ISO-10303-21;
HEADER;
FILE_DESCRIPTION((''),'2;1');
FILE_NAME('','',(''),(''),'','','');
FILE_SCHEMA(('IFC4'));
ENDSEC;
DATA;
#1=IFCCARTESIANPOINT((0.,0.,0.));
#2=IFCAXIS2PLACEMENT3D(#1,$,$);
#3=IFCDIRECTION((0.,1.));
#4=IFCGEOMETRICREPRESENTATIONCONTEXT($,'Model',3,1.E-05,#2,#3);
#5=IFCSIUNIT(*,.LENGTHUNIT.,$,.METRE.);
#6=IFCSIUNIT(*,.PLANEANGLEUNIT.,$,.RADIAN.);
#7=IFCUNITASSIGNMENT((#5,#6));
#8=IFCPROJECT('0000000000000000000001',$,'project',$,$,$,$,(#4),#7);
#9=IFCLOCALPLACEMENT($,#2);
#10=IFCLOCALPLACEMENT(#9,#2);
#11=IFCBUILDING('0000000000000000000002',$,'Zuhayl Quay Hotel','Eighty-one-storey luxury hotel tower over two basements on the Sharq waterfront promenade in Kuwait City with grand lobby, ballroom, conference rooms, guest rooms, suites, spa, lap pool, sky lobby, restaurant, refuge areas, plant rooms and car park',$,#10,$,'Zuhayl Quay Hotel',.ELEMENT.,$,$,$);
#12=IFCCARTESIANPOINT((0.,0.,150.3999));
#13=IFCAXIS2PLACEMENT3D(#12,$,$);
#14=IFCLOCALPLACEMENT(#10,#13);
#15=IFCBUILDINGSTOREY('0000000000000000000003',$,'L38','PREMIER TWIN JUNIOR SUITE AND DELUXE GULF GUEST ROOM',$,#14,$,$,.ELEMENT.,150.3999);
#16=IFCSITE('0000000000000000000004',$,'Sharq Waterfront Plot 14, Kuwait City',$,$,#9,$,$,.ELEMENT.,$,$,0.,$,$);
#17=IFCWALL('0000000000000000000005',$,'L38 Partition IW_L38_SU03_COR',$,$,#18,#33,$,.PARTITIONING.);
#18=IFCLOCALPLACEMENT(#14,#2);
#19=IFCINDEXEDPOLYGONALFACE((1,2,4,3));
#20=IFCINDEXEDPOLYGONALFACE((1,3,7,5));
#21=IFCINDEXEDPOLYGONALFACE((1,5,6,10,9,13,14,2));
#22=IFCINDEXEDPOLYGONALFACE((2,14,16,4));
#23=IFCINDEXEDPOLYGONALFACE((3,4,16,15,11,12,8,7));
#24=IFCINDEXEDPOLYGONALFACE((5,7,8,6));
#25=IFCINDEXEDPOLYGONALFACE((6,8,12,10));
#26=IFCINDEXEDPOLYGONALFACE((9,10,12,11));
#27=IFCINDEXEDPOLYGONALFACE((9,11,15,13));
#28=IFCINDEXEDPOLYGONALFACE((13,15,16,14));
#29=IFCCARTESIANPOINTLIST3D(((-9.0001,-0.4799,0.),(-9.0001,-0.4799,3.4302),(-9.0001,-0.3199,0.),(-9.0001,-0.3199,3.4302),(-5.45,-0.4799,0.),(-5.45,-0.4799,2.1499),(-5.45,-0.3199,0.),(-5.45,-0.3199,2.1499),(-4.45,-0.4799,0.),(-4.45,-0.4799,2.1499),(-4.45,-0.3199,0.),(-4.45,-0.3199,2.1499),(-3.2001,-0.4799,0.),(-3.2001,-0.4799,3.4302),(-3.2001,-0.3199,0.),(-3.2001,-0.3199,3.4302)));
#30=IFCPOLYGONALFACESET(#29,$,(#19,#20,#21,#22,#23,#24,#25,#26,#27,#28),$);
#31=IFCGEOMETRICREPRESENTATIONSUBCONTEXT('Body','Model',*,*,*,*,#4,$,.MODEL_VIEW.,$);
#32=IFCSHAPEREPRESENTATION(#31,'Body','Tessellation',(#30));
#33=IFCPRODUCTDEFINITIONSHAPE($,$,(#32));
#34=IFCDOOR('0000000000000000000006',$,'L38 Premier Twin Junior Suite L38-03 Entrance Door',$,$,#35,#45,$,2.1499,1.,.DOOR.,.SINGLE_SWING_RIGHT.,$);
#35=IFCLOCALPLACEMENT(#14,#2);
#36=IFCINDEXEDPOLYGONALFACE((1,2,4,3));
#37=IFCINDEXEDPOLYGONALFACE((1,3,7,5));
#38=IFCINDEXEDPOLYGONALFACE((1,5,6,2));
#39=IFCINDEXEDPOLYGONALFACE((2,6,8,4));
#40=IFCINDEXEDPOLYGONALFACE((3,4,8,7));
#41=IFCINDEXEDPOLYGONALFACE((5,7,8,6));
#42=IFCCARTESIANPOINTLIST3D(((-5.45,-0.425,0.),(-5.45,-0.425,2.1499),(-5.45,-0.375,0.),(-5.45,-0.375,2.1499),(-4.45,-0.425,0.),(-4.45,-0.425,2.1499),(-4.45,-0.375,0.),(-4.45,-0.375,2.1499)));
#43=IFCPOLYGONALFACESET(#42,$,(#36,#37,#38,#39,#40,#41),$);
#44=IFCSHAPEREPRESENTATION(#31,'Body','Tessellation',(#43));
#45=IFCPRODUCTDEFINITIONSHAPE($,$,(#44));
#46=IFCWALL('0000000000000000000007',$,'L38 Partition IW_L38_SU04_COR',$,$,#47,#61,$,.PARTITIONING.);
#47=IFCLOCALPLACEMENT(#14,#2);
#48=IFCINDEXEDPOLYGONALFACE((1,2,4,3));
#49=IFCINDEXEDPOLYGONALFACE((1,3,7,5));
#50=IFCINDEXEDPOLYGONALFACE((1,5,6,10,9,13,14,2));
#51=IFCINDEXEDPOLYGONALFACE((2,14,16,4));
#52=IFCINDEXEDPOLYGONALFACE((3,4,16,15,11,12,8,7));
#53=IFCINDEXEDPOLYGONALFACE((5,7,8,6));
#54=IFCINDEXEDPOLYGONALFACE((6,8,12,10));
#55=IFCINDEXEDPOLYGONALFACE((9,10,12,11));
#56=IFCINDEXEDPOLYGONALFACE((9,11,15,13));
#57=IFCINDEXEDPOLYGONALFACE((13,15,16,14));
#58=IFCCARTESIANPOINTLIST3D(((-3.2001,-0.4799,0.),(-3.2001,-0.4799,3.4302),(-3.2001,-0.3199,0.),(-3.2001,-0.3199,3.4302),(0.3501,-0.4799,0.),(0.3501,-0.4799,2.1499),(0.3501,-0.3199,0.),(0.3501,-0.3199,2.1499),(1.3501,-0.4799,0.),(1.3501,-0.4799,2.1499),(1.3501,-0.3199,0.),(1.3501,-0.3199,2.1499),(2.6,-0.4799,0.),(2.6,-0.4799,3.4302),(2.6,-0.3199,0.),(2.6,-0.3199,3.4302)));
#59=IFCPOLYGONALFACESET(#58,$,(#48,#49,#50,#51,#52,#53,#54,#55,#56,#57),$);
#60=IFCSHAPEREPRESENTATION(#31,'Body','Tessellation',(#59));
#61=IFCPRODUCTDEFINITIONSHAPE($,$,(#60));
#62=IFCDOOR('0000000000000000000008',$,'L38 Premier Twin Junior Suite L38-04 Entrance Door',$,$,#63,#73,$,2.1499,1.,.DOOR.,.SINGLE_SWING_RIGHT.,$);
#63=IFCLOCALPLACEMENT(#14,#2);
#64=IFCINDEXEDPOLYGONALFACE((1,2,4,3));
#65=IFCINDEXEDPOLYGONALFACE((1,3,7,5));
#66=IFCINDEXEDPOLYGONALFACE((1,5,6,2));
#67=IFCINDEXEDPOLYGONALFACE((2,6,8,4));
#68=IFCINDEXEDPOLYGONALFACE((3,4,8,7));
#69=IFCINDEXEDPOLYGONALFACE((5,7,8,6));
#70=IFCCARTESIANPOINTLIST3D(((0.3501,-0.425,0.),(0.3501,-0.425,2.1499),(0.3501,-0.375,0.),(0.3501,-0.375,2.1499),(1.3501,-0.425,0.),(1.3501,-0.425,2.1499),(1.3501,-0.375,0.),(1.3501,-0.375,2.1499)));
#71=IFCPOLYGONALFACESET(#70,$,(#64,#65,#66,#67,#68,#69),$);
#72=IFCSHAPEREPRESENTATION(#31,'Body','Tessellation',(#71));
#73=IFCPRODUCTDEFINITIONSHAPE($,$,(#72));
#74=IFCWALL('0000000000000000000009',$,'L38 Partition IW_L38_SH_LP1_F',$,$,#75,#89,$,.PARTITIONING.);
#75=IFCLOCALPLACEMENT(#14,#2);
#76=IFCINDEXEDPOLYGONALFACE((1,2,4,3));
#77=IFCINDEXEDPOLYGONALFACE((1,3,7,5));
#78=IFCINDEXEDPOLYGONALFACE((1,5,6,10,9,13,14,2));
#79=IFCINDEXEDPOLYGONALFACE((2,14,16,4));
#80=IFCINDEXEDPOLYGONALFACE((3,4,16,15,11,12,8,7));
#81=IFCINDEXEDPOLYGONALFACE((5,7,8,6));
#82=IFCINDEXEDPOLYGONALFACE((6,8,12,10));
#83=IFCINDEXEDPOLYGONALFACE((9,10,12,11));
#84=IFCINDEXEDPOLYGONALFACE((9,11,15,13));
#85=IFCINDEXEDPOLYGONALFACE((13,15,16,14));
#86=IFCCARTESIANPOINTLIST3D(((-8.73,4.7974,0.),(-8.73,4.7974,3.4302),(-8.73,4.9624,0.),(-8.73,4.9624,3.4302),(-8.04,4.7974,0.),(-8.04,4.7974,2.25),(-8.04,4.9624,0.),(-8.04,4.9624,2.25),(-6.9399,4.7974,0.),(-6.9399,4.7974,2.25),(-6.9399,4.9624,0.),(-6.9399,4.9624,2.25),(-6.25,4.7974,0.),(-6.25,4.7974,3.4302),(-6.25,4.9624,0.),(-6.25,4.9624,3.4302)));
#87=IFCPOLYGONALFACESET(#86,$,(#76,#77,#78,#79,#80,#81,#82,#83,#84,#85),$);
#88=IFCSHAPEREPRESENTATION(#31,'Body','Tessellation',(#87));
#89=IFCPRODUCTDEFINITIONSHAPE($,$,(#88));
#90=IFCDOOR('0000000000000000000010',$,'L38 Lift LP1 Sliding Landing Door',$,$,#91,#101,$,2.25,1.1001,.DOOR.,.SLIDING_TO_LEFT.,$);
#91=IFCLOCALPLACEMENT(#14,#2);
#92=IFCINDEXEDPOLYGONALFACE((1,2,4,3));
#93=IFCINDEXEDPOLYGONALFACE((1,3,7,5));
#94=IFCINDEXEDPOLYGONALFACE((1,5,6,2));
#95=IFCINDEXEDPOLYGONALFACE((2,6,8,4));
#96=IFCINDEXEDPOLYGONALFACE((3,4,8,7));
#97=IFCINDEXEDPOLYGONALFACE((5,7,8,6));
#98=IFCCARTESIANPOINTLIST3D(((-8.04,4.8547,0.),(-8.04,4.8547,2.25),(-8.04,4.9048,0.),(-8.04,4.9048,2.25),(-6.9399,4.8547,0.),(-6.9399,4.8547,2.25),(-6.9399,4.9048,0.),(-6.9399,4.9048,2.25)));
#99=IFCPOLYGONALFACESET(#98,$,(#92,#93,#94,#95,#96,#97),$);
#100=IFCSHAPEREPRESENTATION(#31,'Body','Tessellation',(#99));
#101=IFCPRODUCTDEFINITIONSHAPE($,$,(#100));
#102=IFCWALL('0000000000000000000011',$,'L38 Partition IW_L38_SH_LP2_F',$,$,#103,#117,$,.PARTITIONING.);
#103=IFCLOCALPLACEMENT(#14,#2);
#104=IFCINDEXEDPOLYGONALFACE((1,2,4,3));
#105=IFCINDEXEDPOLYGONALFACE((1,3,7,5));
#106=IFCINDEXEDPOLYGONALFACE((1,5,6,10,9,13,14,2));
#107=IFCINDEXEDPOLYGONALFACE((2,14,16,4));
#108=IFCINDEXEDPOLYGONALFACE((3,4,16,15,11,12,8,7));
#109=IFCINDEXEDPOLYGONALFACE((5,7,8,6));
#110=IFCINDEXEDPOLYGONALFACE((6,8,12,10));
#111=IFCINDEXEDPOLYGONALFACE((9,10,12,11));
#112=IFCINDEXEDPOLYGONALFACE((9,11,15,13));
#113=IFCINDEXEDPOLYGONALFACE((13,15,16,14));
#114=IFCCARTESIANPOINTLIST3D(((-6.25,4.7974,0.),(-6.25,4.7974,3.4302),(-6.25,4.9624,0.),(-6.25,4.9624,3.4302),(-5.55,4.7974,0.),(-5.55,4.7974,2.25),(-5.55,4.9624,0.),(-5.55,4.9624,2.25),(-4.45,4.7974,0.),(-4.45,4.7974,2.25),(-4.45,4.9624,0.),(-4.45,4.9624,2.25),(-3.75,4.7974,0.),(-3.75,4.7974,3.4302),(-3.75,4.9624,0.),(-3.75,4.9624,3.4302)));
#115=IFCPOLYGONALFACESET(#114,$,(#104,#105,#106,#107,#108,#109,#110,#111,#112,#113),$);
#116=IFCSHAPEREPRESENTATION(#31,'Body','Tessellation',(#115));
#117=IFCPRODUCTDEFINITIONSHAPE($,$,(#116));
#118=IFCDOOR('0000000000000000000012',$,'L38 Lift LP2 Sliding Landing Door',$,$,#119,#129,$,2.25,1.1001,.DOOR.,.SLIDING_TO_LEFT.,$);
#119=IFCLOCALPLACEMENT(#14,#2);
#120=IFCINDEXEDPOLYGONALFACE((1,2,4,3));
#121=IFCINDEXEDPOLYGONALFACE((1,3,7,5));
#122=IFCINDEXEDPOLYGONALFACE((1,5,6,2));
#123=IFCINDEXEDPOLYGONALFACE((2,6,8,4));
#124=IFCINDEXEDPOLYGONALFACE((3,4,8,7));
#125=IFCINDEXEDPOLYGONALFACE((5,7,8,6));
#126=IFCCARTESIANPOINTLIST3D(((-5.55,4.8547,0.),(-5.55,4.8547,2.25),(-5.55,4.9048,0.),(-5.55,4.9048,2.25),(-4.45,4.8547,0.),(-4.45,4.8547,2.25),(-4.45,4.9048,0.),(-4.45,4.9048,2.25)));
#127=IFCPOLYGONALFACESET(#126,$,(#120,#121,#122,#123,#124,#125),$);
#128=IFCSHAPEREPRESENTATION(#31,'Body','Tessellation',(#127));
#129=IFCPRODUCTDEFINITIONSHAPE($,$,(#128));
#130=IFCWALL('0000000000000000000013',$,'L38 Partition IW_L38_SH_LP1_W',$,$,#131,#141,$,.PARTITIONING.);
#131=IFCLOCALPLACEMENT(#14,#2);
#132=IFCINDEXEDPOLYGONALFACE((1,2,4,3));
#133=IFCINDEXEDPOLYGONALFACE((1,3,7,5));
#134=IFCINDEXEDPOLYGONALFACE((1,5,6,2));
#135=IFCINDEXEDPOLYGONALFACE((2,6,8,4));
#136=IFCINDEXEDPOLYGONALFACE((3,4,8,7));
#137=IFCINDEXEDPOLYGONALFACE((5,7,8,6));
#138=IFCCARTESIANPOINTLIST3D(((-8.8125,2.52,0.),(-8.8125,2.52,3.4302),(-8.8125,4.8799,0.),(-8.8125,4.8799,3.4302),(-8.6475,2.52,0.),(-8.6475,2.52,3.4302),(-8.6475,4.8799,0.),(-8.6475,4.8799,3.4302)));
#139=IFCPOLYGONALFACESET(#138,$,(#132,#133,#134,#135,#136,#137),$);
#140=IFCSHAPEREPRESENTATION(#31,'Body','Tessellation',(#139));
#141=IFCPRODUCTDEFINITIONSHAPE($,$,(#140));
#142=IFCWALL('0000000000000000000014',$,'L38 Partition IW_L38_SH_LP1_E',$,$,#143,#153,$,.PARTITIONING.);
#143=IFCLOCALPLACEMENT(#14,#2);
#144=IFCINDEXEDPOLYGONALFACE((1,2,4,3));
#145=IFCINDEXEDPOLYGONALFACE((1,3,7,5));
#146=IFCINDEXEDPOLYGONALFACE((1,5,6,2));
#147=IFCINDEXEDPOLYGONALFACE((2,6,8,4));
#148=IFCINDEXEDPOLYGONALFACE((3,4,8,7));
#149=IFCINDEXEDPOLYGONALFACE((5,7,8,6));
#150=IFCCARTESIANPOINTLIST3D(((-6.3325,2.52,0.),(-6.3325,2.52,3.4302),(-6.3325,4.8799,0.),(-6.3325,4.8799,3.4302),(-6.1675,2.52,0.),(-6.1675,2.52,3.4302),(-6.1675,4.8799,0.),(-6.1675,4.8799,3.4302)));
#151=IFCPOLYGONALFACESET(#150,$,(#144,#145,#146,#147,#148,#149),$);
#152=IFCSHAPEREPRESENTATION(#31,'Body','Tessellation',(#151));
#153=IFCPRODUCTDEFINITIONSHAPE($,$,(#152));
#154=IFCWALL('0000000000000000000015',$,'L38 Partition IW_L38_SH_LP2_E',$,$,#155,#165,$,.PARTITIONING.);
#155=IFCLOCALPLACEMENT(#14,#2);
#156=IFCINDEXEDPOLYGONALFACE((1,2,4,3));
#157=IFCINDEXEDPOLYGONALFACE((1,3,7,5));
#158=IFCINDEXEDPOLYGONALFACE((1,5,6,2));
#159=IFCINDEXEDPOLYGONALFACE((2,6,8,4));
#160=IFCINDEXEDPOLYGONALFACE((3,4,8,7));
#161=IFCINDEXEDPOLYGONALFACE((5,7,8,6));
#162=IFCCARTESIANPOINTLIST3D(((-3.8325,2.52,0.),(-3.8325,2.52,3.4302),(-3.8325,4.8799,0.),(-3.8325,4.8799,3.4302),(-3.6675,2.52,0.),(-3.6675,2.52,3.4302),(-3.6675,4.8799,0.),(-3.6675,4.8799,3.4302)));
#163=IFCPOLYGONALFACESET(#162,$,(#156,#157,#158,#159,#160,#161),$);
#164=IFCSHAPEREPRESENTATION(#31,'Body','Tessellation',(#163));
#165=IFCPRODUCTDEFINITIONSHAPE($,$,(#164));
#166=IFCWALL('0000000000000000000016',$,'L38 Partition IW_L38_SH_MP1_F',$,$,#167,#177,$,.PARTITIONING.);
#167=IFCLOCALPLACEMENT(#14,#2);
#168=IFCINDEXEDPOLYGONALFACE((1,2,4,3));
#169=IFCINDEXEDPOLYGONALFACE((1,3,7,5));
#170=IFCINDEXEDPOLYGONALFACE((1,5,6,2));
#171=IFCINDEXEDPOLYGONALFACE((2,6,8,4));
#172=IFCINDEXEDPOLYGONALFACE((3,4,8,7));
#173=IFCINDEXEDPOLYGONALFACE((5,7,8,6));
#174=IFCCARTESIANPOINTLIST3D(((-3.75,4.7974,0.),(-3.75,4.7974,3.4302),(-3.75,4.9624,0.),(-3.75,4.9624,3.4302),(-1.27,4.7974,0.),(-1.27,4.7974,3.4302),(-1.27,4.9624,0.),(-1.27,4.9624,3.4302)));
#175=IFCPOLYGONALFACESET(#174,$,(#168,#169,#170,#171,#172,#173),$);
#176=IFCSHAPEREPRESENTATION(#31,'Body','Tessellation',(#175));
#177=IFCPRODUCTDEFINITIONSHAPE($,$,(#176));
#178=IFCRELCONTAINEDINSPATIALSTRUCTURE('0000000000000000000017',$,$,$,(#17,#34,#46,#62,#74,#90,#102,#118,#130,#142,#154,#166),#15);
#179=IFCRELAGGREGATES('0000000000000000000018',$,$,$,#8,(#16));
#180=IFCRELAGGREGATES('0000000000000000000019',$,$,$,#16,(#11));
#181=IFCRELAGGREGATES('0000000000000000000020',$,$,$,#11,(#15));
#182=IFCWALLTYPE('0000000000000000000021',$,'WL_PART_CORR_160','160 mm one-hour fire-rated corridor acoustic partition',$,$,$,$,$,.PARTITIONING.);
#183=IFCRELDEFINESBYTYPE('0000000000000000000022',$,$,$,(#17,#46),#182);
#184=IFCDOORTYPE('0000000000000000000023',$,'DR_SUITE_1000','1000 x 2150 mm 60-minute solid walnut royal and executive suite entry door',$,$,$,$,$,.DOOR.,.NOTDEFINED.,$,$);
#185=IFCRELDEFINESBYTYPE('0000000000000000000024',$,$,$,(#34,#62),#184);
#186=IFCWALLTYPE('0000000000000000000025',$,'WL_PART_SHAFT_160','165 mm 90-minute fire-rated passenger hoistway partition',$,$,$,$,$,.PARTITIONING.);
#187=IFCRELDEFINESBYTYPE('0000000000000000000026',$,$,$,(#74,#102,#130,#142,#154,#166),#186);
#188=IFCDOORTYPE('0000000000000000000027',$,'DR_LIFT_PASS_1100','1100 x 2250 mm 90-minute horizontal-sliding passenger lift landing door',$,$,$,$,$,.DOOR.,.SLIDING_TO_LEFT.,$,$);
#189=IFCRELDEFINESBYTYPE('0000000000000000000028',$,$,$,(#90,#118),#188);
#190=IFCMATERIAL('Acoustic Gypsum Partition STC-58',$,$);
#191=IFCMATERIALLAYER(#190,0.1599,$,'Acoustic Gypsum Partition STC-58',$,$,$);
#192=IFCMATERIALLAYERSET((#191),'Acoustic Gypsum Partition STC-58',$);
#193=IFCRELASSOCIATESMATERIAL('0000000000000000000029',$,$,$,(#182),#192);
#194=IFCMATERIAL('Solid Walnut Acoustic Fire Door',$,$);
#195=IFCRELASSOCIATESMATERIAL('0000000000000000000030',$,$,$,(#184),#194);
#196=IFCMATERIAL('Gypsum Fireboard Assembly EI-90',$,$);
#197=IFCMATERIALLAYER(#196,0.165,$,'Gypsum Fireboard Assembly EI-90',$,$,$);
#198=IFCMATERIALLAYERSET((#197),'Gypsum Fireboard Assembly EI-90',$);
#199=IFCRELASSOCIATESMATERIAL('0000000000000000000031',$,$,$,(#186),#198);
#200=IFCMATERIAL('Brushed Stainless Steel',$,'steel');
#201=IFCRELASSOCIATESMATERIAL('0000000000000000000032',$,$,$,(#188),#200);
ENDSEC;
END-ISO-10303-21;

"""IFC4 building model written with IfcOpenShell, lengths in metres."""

from ifc_helpers import new_model, si_unit, direction, frame, frame_2d, origin, place, context, subcontext, project, spatial, rectangle, extrude, material, layer, layer_set, type_object, element, fill, save


model = new_model("IFC4")

# Units and contexts
model_context = context("Model", 3, precision=1e-05, world=origin(), true_north=direction((0.0, 1.0)))
body_context = subcontext(model_context, "Body", "Model", "MODEL_VIEW")
ifc_project = project(units=[si_unit("LENGTHUNIT", "METRE"), si_unit("PLANEANGLEUNIT", "RADIAN")], contexts=[model_context])

# Site, building, storey
site_placement = place(None, origin())
site = spatial("IfcSite", under=ifc_project, at=site_placement, Name="Sharq Waterfront Plot 14, Kuwait City", CompositionType="ELEMENT", RefElevation=0.0)
building_placement = place(site_placement, origin())
building = spatial("IfcBuilding", under=site, at=building_placement, Name="Zuhayl Quay Hotel", Description="Eighty-one-storey luxury hotel tower over two basements on the Sharq waterfront promenade in Kuwait City with grand lobby, ballroom, conference rooms, guest rooms, suites, spa, lap pool, sky lobby, restaurant, refuge areas, plant rooms and car park", LongName="Zuhayl Quay Hotel", CompositionType="ELEMENT")
storey_placement = place(building_placement, frame((0.0, 0.0, 150.3999)))
storey = spatial("IfcBuildingStorey", under=building, at=storey_placement, Name="L38", Description="PREMIER TWIN JUNIOR SUITE AND DELUXE GULF GUEST ROOM", CompositionType="ELEMENT", Elevation=150.3999)

# Shared definitions
ifc_material_1 = material(Name="Acoustic Gypsum Partition STC-58")

# Walls, openings, doors
ifc_layer_1 = layer(ifc_material_1, 0.1599, Name="Acoustic Gypsum Partition STC-58")
ifc_layer_set_1 = layer_set([ifc_layer_1], Name="Acoustic Gypsum Partition STC-58")
wall_type_1 = type_object("IfcWallType", Name="WL_PART_CORR_160", Description="160 mm one-hour fire-rated corridor acoustic partition", PredefinedType="PARTITIONING", material=ifc_layer_set_1)
wall_1_placement = place(storey_placement, frame((-9.0, -0.3999, 0.0), z_axis=(0.0, 0.0, 1.0), x_axis=(1.0, 0.0, 0.0)))
wall_1 = element("IfcWall", 1, at=wall_1_placement, inside=storey, type_object=wall_type_1, Name="L38 Partition IW_L38_SU03_COR", PredefinedType="PARTITIONING", context=body_context, shape_type="SweptSolid", body=[
    extrude(rectangle(XDim=5.8, YDim=0.1599, at=frame_2d((2.8999, 0.0))), origin(), (0.0, 0.0, 1.0), 3.4302),
])
opening_1_placement = place(wall_1_placement, frame((3.55, 0.0, 0.0)))
opening_1 = element("IfcOpeningElement", 2, at=opening_1_placement, cuts=wall_1, PredefinedType="OPENING", context=body_context, shape_type="SweptSolid", body=[
    extrude(rectangle(XDim=1.0, YDim=2.1499, at=frame_2d((0.5, 1.075))), frame((0.0, 0.0898, 0.0), z_axis=(0.0, -1.0, 0.0), x_axis=(1.0, 0.0, 0.0)), (0.0, 0.0, 1.0), 0.1799),
])
ifc_material_2 = material(Name="Solid Walnut Acoustic Fire Door")
door_type_1 = type_object("IfcDoorType", Name="DR_SUITE_1000", Description="1000 x 2150 mm 60-minute solid walnut royal and executive suite entry door", OperationType="NOTDEFINED", PredefinedType="DOOR", material=ifc_material_2)
door_1_placement = place(opening_1_placement, origin())
door_1 = element("IfcDoor", 3, at=door_1_placement, inside=storey, type_object=door_type_1, Name="L38 Premier Twin Junior Suite L38-03 Entrance Door", OperationType="SINGLE_SWING_RIGHT", OverallHeight=2.1499, OverallWidth=1.0, PredefinedType="DOOR", context=body_context, shape_type="SweptSolid", body=[
    extrude(rectangle(XDim=1.0, YDim=2.1499, at=frame_2d((0.5, 1.075))), frame((0.0, 0.0249, 0.0), z_axis=(0.0, -1.0, 0.0), x_axis=(1.0, 0.0, 0.0)), (0.0, 0.0, 1.0), 0.05),
])
fill(opening_1, door_1)
wall_2_placement = place(storey_placement, frame((-3.2, -0.3999, 0.0), z_axis=(0.0, 0.0, 1.0), x_axis=(1.0, 0.0, 0.0)))
wall_2 = element("IfcWall", 4, at=wall_2_placement, inside=storey, type_object=wall_type_1, Name="L38 Partition IW_L38_SU04_COR", PredefinedType="PARTITIONING", context=body_context, shape_type="SweptSolid", body=[
    extrude(rectangle(XDim=5.8, YDim=0.1599, at=frame_2d((2.8999, 0.0))), origin(), (0.0, 0.0, 1.0), 3.4302),
])
opening_2_placement = place(wall_2_placement, frame((3.55, 0.0, 0.0)))
opening_2 = element("IfcOpeningElement", 5, at=opening_2_placement, cuts=wall_2, PredefinedType="OPENING", context=body_context, shape_type="SweptSolid", body=[
    extrude(rectangle(XDim=1.0, YDim=2.1499, at=frame_2d((0.5, 1.075))), frame((0.0, 0.0898, 0.0), z_axis=(0.0, -1.0, 0.0), x_axis=(1.0, 0.0, 0.0)), (0.0, 0.0, 1.0), 0.1799),
])
door_2_placement = place(opening_2_placement, origin())
door_2 = element("IfcDoor", 6, at=door_2_placement, inside=storey, type_object=door_type_1, Name="L38 Premier Twin Junior Suite L38-04 Entrance Door", OperationType="SINGLE_SWING_RIGHT", OverallHeight=2.1499, OverallWidth=1.0, PredefinedType="DOOR", context=body_context, shape_type="SweptSolid", body=[
    extrude(rectangle(XDim=1.0, YDim=2.1499, at=frame_2d((0.5, 1.075))), frame((0.0, 0.0249, 0.0), z_axis=(0.0, -1.0, 0.0), x_axis=(1.0, 0.0, 0.0)), (0.0, 0.0, 1.0), 0.05),
])
fill(opening_2, door_2)
ifc_material_3 = material(Name="Gypsum Fireboard Assembly EI-90")
ifc_layer_2 = layer(ifc_material_3, 0.165, Name="Gypsum Fireboard Assembly EI-90")
ifc_layer_set_2 = layer_set([ifc_layer_2], Name="Gypsum Fireboard Assembly EI-90")
wall_type_2 = type_object("IfcWallType", Name="WL_PART_SHAFT_160", Description="165 mm 90-minute fire-rated passenger hoistway partition", PredefinedType="PARTITIONING", material=ifc_layer_set_2)
wall_3_placement = place(storey_placement, frame((-8.73, 4.8799, 0.0), z_axis=(0.0, 0.0, 1.0), x_axis=(1.0, 0.0, 0.0)))
wall_3 = element("IfcWall", 7, at=wall_3_placement, inside=storey, type_object=wall_type_2, Name="L38 Partition IW_L38_SH_LP1_F", PredefinedType="PARTITIONING", context=body_context, shape_type="SweptSolid", body=[
    extrude(rectangle(XDim=2.48, YDim=0.165, at=frame_2d((1.24, 0.0))), origin(), (0.0, 0.0, 1.0), 3.4302),
])
opening_3_placement = place(wall_3_placement, frame((0.6899, 0.0, 0.0)))
opening_3 = element("IfcOpeningElement", 8, at=opening_3_placement, cuts=wall_3, PredefinedType="OPENING", context=body_context, shape_type="SweptSolid", body=[
    extrude(rectangle(XDim=1.1001, YDim=2.25, at=frame_2d((0.55, 1.125))), frame((0.0, 0.0925, 0.0), z_axis=(0.0, -1.0, 0.0), x_axis=(1.0, 0.0, 0.0)), (0.0, 0.0, 1.0), 0.1851),
])
ifc_material_4 = material(Name="Brushed Stainless Steel", Category="steel")
door_type_2 = type_object("IfcDoorType", Name="DR_LIFT_PASS_1100", Description="1100 x 2250 mm 90-minute horizontal-sliding passenger lift landing door", OperationType="SLIDING_TO_LEFT", PredefinedType="DOOR", material=ifc_material_4)
door_3_placement = place(opening_3_placement, origin())
door_3 = element("IfcDoor", 9, at=door_3_placement, inside=storey, type_object=door_type_2, Name="L38 Lift LP1 Sliding Landing Door", OperationType="SLIDING_TO_LEFT", OverallHeight=2.25, OverallWidth=1.1001, PredefinedType="DOOR", context=body_context, shape_type="SweptSolid", body=[
    extrude(rectangle(XDim=1.1001, YDim=2.25, at=frame_2d((0.55, 1.125))), frame((0.0, 0.0249, 0.0), z_axis=(0.0, -1.0, 0.0), x_axis=(1.0, 0.0, 0.0)), (0.0, 0.0, 1.0), 0.05),
])
fill(opening_3, door_3)
wall_4_placement = place(storey_placement, frame((-6.25, 4.8799, 0.0), z_axis=(0.0, 0.0, 1.0), x_axis=(1.0, 0.0, 0.0)))
wall_4 = element("IfcWall", 10, at=wall_4_placement, inside=storey, type_object=wall_type_2, Name="L38 Partition IW_L38_SH_LP2_F", PredefinedType="PARTITIONING", context=body_context, shape_type="SweptSolid", body=[
    extrude(rectangle(XDim=2.5, YDim=0.165, at=frame_2d((1.25, 0.0))), origin(), (0.0, 0.0, 1.0), 3.4302),
])
opening_4_placement = place(wall_4_placement, frame((0.7, 0.0, 0.0)))
opening_4 = element("IfcOpeningElement", 11, at=opening_4_placement, cuts=wall_4, PredefinedType="OPENING", context=body_context, shape_type="SweptSolid", body=[
    extrude(rectangle(XDim=1.1001, YDim=2.25, at=frame_2d((0.55, 1.125))), frame((0.0, 0.0925, 0.0), z_axis=(0.0, -1.0, 0.0), x_axis=(1.0, 0.0, 0.0)), (0.0, 0.0, 1.0), 0.1851),
])
door_4_placement = place(opening_4_placement, origin())
door_4 = element("IfcDoor", 12, at=door_4_placement, inside=storey, type_object=door_type_2, Name="L38 Lift LP2 Sliding Landing Door", OperationType="SLIDING_TO_LEFT", OverallHeight=2.25, OverallWidth=1.1001, PredefinedType="DOOR", context=body_context, shape_type="SweptSolid", body=[
    extrude(rectangle(XDim=1.1001, YDim=2.25, at=frame_2d((0.55, 1.125))), frame((0.0, 0.0249, 0.0), z_axis=(0.0, -1.0, 0.0), x_axis=(1.0, 0.0, 0.0)), (0.0, 0.0, 1.0), 0.05),
])
fill(opening_4, door_4)

# Walls
for number, where, z_axis, x_axis, name in (
    (13, (-8.73, 2.52, 0.0), (0.0, 0.0, 1.0), (0.0, 1.0, 0.0), "L38 Partition IW_L38_SH_LP1_W"),
    (14, (-6.25, 2.52, 0.0), (0.0, 0.0, 1.0), (0.0, 1.0, 0.0), "L38 Partition IW_L38_SH_LP1_E"),
    (15, (-3.75, 2.52, 0.0), (0.0, 0.0, 1.0), (0.0, 1.0, 0.0), "L38 Partition IW_L38_SH_LP2_E"),
):
    element("IfcWall", number, at=place(storey_placement, frame(where, z_axis=z_axis, x_axis=x_axis)), inside=storey, type_object=wall_type_2, Name=name, PredefinedType="PARTITIONING", context=body_context, shape_type="SweptSolid", body=[
        extrude(rectangle(XDim=2.3599, YDim=0.165, at=frame_2d((1.1799, 0.0))), origin(), (0.0, 0.0, 1.0), 3.4302),
    ])
wall_5_placement = place(storey_placement, frame((-3.75, 4.8799, 0.0), z_axis=(0.0, 0.0, 1.0), x_axis=(1.0, 0.0, 0.0)))
element("IfcWall", 16, at=wall_5_placement, inside=storey, type_object=wall_type_2, Name="L38 Partition IW_L38_SH_MP1_F", PredefinedType="PARTITIONING", context=body_context, shape_type="SweptSolid", body=[
    extrude(rectangle(XDim=2.48, YDim=0.165, at=frame_2d((1.24, 0.0))), origin(), (0.0, 0.0, 1.0), 3.4302),
])

save(model, "model.ifc")
